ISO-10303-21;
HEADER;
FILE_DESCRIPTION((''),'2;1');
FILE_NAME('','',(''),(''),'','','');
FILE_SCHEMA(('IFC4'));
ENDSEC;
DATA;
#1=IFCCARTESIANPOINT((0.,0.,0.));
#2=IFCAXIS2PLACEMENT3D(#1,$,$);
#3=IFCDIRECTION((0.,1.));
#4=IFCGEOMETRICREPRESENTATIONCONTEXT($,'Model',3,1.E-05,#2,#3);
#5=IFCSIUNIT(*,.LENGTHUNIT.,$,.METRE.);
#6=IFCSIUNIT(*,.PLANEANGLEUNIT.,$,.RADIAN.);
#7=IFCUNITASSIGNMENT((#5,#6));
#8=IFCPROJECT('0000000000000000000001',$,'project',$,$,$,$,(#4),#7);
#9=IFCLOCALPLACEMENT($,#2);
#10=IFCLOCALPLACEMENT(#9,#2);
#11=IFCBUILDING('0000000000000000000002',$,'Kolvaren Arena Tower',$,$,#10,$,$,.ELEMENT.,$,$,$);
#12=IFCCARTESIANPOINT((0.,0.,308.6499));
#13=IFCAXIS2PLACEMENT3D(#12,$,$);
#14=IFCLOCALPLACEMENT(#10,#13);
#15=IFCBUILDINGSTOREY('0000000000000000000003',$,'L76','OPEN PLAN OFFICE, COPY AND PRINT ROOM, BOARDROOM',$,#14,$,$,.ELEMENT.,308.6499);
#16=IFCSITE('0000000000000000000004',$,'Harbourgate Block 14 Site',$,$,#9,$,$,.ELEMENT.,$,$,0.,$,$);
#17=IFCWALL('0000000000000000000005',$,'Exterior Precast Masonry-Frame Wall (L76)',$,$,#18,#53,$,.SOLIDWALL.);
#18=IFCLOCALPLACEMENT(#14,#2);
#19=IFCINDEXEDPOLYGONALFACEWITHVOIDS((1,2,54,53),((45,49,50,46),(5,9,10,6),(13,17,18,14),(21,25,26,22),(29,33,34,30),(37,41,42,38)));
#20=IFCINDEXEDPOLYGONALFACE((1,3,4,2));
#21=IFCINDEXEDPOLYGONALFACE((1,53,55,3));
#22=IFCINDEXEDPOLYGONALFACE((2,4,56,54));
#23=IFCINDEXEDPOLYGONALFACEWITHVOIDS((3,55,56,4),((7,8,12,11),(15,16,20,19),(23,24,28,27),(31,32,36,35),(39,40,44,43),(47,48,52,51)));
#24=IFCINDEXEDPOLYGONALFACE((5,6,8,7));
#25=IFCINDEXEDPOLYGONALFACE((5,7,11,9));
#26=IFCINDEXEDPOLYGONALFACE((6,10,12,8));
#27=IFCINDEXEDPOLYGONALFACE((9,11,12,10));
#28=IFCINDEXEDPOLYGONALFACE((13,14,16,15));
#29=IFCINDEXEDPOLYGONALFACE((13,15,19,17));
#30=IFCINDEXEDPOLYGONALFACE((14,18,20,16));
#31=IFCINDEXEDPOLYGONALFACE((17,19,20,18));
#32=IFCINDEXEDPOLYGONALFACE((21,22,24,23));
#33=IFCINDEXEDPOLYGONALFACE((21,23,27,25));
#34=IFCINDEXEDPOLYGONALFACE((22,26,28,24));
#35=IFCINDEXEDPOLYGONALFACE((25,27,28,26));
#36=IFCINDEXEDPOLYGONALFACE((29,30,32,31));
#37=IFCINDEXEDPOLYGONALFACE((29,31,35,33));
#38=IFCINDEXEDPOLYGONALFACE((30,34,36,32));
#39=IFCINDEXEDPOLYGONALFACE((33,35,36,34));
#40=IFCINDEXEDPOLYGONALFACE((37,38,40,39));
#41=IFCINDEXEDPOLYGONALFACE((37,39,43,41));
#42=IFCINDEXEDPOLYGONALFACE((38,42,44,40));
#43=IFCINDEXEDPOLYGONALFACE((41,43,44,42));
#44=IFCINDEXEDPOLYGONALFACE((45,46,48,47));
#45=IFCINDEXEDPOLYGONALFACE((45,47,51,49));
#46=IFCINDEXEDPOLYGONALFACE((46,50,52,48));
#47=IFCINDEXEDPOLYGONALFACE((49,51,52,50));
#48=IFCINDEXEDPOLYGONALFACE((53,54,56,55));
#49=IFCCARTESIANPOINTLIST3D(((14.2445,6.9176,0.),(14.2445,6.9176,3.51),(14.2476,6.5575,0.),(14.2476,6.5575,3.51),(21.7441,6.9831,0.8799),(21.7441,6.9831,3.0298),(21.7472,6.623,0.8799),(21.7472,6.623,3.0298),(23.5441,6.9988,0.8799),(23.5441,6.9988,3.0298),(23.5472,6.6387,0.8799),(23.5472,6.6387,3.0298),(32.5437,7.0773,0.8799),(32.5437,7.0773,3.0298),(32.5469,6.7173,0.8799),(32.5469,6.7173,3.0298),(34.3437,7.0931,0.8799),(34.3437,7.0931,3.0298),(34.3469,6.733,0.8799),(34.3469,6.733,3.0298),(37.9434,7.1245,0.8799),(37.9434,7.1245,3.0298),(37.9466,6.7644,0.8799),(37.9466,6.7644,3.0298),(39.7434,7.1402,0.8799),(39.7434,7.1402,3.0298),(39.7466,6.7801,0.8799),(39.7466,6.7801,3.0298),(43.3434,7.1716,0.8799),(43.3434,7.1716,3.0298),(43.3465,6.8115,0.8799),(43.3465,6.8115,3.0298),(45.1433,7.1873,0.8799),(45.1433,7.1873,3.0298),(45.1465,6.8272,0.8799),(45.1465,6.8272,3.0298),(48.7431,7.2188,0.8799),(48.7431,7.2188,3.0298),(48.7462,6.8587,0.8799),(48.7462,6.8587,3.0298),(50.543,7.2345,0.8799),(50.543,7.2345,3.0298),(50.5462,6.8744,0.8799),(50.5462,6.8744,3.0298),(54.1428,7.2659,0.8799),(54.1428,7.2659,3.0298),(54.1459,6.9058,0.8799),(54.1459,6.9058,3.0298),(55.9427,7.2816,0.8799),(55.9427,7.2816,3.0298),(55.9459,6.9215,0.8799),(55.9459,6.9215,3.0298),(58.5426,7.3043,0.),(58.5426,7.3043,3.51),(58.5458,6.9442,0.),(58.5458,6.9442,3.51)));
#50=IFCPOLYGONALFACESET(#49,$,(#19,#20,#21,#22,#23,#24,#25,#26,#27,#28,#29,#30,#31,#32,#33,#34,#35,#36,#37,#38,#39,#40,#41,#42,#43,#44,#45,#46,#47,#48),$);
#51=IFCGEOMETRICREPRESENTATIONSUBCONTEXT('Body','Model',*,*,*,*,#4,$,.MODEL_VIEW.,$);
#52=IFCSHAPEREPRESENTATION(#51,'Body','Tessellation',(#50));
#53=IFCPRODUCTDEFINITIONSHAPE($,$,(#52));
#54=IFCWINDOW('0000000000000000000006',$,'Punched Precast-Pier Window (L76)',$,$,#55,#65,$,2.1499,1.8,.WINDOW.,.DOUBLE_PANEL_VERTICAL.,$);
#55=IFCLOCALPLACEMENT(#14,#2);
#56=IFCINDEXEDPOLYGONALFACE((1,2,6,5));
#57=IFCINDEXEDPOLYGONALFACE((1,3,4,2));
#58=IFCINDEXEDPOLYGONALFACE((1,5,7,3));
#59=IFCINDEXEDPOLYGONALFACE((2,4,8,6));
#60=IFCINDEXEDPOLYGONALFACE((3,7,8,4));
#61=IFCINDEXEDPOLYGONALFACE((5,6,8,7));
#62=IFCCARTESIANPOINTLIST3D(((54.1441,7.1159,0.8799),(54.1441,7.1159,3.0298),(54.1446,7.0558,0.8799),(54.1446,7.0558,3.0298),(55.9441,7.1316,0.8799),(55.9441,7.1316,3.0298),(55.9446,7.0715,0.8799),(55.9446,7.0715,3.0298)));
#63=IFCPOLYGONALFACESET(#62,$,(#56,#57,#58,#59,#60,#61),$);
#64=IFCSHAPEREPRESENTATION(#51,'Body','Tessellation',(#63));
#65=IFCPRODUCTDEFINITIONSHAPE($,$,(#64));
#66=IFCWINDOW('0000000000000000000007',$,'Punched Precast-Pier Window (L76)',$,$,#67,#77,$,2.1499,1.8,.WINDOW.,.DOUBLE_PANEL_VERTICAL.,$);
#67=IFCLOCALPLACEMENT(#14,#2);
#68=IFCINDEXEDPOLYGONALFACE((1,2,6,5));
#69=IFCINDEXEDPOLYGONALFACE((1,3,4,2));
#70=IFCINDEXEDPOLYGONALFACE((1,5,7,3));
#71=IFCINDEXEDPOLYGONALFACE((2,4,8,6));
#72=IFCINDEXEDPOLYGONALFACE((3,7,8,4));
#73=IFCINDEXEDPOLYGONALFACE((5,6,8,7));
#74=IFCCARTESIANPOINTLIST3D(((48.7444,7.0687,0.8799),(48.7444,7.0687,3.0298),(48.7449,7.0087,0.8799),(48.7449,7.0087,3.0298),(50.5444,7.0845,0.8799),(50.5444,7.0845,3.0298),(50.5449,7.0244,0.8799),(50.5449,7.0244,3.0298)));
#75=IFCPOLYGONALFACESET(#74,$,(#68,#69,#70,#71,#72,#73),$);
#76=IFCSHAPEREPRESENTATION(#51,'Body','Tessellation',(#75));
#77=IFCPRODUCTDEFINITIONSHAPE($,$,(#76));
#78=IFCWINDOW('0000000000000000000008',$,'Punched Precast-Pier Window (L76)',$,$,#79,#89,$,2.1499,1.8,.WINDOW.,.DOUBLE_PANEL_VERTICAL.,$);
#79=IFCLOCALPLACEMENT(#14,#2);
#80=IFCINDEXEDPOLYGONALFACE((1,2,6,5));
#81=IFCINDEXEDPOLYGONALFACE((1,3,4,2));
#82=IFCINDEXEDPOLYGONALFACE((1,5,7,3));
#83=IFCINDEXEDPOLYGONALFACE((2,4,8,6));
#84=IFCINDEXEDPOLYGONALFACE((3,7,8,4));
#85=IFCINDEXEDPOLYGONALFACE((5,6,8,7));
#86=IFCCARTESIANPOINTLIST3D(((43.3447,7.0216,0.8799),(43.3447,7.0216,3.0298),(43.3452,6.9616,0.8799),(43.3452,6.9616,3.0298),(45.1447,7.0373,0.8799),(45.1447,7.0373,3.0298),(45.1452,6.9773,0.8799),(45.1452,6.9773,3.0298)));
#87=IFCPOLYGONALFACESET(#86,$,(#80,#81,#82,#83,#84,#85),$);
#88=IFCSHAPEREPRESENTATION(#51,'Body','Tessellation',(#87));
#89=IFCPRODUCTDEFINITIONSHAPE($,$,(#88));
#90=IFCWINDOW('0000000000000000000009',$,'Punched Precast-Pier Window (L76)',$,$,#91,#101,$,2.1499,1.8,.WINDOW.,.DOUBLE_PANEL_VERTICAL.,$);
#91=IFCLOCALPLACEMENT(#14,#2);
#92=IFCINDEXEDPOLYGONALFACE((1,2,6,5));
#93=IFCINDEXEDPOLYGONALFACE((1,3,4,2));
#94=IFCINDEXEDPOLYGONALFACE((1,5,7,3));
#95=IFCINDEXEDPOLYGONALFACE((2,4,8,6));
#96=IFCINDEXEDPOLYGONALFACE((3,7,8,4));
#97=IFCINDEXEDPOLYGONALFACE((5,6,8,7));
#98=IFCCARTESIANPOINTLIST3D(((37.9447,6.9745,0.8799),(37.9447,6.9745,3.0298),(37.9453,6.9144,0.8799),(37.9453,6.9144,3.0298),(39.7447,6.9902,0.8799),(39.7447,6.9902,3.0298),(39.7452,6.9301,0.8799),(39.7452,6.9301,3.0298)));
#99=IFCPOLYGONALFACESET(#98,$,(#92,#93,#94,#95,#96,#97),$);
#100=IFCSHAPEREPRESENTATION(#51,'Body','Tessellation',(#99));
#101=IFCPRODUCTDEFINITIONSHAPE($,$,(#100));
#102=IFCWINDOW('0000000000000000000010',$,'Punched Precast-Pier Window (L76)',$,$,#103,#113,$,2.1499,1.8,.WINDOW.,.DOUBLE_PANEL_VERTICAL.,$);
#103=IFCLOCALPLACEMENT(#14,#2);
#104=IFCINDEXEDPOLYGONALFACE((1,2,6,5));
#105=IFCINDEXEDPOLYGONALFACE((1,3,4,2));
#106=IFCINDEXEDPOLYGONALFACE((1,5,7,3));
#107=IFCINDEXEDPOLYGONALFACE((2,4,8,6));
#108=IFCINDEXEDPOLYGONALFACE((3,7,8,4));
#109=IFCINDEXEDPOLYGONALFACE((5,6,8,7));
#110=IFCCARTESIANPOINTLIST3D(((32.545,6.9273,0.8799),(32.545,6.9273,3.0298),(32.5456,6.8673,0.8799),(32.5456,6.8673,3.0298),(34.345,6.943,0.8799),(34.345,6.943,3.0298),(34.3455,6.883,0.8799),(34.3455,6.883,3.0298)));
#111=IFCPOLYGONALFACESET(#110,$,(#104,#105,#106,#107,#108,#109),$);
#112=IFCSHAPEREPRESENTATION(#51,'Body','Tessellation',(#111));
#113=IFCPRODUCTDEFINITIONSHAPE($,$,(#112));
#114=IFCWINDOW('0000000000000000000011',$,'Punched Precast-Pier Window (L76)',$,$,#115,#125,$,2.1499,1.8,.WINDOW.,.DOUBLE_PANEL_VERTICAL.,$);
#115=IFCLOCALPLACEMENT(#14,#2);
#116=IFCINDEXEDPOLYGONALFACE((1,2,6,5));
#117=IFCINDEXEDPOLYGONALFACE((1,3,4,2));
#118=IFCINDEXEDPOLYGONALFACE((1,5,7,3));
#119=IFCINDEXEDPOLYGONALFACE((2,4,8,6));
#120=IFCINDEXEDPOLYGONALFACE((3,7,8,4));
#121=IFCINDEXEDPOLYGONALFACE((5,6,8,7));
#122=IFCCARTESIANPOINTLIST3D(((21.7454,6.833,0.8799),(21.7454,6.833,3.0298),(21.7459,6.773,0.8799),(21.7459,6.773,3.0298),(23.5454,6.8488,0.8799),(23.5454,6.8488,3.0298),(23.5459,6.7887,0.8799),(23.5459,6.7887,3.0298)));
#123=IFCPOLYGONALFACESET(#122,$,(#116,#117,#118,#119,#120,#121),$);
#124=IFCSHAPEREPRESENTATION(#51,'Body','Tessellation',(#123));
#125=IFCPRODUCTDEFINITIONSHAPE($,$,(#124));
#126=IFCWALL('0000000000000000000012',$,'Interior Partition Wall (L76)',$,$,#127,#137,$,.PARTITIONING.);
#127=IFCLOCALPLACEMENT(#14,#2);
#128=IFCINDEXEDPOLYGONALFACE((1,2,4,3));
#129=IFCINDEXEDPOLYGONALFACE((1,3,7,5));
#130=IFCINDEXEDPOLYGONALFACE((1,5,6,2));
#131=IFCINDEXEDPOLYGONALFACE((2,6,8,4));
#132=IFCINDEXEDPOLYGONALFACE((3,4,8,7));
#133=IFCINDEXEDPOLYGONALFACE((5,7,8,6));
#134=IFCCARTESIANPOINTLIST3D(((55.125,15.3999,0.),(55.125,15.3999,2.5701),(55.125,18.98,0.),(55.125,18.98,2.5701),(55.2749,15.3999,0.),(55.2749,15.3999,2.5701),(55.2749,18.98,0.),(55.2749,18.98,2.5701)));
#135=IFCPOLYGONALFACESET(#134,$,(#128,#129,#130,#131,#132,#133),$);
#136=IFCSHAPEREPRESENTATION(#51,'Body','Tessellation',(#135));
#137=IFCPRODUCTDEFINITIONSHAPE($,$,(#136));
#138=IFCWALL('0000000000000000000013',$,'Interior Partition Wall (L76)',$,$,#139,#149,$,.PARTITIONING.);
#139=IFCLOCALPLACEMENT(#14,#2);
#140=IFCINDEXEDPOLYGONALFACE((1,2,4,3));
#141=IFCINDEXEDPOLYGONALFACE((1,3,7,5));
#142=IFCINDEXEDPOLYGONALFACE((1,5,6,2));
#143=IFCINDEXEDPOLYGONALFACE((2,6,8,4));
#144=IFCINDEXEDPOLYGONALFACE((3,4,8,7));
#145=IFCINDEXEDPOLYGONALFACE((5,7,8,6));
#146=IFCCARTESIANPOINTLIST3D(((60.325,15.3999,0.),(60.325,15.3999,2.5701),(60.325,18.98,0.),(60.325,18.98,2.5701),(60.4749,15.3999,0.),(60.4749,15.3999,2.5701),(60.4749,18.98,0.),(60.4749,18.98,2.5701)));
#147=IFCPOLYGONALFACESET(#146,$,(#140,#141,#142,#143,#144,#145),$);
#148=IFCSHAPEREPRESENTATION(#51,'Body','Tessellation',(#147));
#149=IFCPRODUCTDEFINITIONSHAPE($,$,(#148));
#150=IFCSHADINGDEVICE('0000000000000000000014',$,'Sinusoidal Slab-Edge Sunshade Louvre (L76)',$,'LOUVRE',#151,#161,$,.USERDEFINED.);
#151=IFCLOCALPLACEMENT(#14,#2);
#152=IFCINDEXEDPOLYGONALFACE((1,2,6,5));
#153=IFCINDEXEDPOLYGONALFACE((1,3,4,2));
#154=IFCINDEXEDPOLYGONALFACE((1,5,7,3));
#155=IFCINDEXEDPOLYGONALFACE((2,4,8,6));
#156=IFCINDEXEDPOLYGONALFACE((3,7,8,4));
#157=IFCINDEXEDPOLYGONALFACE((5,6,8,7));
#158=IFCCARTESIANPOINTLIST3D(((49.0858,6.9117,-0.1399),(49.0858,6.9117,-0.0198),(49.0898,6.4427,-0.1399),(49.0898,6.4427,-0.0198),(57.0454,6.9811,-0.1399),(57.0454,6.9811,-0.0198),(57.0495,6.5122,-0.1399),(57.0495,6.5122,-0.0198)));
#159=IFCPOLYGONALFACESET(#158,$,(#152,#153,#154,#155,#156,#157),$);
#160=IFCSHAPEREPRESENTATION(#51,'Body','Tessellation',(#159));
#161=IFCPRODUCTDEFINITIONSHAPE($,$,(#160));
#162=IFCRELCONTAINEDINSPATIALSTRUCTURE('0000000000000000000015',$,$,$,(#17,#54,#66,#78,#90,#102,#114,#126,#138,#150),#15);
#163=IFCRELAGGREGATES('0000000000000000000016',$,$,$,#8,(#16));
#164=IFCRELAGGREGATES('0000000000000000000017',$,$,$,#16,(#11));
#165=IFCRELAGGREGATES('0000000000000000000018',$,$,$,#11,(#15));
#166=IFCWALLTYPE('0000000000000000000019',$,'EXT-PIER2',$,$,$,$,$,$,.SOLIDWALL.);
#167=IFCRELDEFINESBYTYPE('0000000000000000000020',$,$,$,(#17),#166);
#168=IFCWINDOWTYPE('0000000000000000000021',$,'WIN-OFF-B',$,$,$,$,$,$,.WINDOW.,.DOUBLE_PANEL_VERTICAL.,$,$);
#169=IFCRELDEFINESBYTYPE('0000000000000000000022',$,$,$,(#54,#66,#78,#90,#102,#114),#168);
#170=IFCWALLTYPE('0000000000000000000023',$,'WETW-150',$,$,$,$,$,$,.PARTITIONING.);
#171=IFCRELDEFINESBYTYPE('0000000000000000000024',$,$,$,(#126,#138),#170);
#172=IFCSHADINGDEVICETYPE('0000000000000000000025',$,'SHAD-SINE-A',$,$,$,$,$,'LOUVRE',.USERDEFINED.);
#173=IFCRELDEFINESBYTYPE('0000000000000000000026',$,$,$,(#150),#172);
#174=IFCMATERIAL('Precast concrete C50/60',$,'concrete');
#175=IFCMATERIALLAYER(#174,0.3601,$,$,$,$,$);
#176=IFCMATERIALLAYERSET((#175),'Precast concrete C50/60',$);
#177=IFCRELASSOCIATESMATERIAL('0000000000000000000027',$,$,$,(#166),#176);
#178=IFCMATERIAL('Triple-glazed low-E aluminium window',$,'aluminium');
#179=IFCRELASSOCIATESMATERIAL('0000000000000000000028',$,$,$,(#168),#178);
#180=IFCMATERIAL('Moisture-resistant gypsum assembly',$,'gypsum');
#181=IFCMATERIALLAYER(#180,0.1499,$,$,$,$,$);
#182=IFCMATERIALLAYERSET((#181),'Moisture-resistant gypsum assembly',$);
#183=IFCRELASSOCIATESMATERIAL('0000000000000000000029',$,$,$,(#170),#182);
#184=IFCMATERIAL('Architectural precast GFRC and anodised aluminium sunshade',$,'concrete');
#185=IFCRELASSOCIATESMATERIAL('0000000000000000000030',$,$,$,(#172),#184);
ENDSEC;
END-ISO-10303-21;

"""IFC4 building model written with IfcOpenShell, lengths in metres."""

from ifc_helpers import new_model, si_unit, direction, frame, frame_2d, origin, origin_2d, place, context, subcontext, project, spatial, rectangle, extrude, material, layer, layer_set, type_object, element, fill, save


model = new_model("IFC4")

# Units and contexts
model_context = context("Model", 3, precision=1e-05, world=origin(), true_north=direction((0.0, 1.0)))
body_context = subcontext(model_context, "Body", "Model", "MODEL_VIEW")
ifc_project = project(units=[si_unit("LENGTHUNIT", "METRE"), si_unit("PLANEANGLEUNIT", "RADIAN")], contexts=[model_context])

# Site, building, storey
site_placement = place(None, origin())
site = spatial("IfcSite", under=ifc_project, at=site_placement, Name="Harbourgate Block 14 Site", CompositionType="ELEMENT", RefElevation=0.0)
building_placement = place(site_placement, origin())
building = spatial("IfcBuilding", under=site, at=building_placement, Name="Kolvaren Arena Tower", CompositionType="ELEMENT")
storey_placement = place(building_placement, frame((0.0, 0.0, 308.6499)))
storey = spatial("IfcBuildingStorey", under=building, at=storey_placement, Name="L76", Description="OPEN PLAN OFFICE, COPY AND PRINT ROOM, BOARDROOM", CompositionType="ELEMENT", Elevation=308.6499)

# Shared definitions
ifc_material_1 = material(Name="Precast concrete C50/60", Category="concrete")

# Shared definitions
ifc_layer_1 = layer(ifc_material_1, 0.3601)
ifc_layer_set_1 = layer_set([ifc_layer_1], Name="Precast concrete C50/60")
wall_type_1 = type_object("IfcWallType", Name="EXT-PIER2", PredefinedType="SOLIDWALL", material=ifc_layer_set_1)

# Wall, openings, windows
wall_1_placement = place(storey_placement, frame((58.5442, 7.1243, 0.0), z_axis=(0.0, 0.0, 1.0), x_axis=(-0.999962, -0.00873, 0.0)))
wall_1 = element("IfcWall", 1, at=wall_1_placement, inside=storey, type_object=wall_type_1, Name="Exterior Precast Masonry-Frame Wall (L76)", PredefinedType="SOLIDWALL", context=body_context, shape_type="SweptSolid", body=[
    extrude(rectangle(XDim=44.2998, YDim=0.3601, at=frame_2d((22.1499, 0.0))), origin(), (0.0, 0.0, 1.0), 3.51),
])
opening_1_placement = place(wall_1_placement, frame((2.6001, 0.0, 0.8799)))
opening_1 = element("IfcOpeningElement", 2, at=opening_1_placement, cuts=wall_1, PredefinedType="OPENING", context=body_context, shape_type="SweptSolid", body=[
    extrude(rectangle(XDim=1.8, YDim=2.1499, at=frame_2d((0.8999, 1.075))), frame((0.0, 0.1899, 0.0), z_axis=(0.0, -1.0, 0.0), x_axis=(1.0, 0.0, 0.0)), (0.0, 0.0, 1.0), 0.3801),
])
opening_2_placement = place(wall_1_placement, frame((8.0, 0.0, 0.8799)))
opening_2 = element("IfcOpeningElement", 3, at=opening_2_placement, cuts=wall_1, PredefinedType="OPENING", context=body_context, shape_type="SweptSolid", body=[
    extrude(rectangle(XDim=1.8, YDim=2.1499, at=frame_2d((0.8999, 1.075))), frame((0.0, 0.1899, 0.0), z_axis=(0.0, -1.0, 0.0), x_axis=(1.0, 0.0, 0.0)), (0.0, 0.0, 1.0), 0.3801),
])
opening_3_placement = place(wall_1_placement, frame((13.3999, 0.0, 0.8799)))
opening_3 = element("IfcOpeningElement", 4, at=opening_3_placement, cuts=wall_1, PredefinedType="OPENING", context=body_context, shape_type="SweptSolid", body=[
    extrude(rectangle(XDim=1.8, YDim=2.1499, at=frame_2d((0.8999, 1.075))), frame((0.0, 0.1899, 0.0), z_axis=(0.0, -1.0, 0.0), x_axis=(1.0, 0.0, 0.0)), (0.0, 0.0, 1.0), 0.3801),
])
opening_4_placement = place(wall_1_placement, frame((18.8, 0.0, 0.8799)))
opening_4 = element("IfcOpeningElement", 5, at=opening_4_placement, cuts=wall_1, PredefinedType="OPENING", context=body_context, shape_type="SweptSolid", body=[
    extrude(rectangle(XDim=1.8, YDim=2.1499, at=frame_2d((0.8999, 1.075))), frame((0.0, 0.1899, 0.0), z_axis=(0.0, -1.0, 0.0), x_axis=(1.0, 0.0, 0.0)), (0.0, 0.0, 1.0), 0.3801),
])
opening_5_placement = place(wall_1_placement, frame((24.2, 0.0, 0.8799)))
opening_5 = element("IfcOpeningElement", 6, at=opening_5_placement, cuts=wall_1, PredefinedType="OPENING", context=body_context, shape_type="SweptSolid", body=[
    extrude(rectangle(XDim=1.8, YDim=2.1499, at=frame_2d((0.8999, 1.075))), frame((0.0, 0.1899, 0.0), z_axis=(0.0, -1.0, 0.0), x_axis=(1.0, 0.0, 0.0)), (0.0, 0.0, 1.0), 0.3801),
])
opening_6_placement = place(wall_1_placement, frame((35.0, 0.0, 0.8799)))
opening_6 = element("IfcOpeningElement", 7, at=opening_6_placement, cuts=wall_1, PredefinedType="OPENING", context=body_context, shape_type="SweptSolid", body=[
    extrude(rectangle(XDim=1.8, YDim=2.1499, at=frame_2d((0.8999, 1.075))), frame((0.0, 0.1899, 0.0), z_axis=(0.0, -1.0, 0.0), x_axis=(1.0, 0.0, 0.0)), (0.0, 0.0, 1.0), 0.3801),
])
ifc_material_2 = material(Name="Triple-glazed low-E aluminium window", Category="aluminium")
window_type = type_object("IfcWindowType", Name="WIN-OFF-B", PartitioningType="DOUBLE_PANEL_VERTICAL", PredefinedType="WINDOW", material=ifc_material_2)
window_1_placement = place(opening_1_placement, origin())
window_1 = element("IfcWindow", 8, at=window_1_placement, inside=storey, type_object=window_type, Name="Punched Precast-Pier Window (L76)", OverallHeight=2.1499, OverallWidth=1.8, PartitioningType="DOUBLE_PANEL_VERTICAL", PredefinedType="WINDOW", context=body_context, shape_type="SweptSolid", body=[
    extrude(rectangle(XDim=1.8, YDim=2.1499, at=frame_2d((0.8999, 1.075))), frame((0.0, 0.03, 0.0), z_axis=(0.0, -1.0, 0.0), x_axis=(1.0, 0.0, 0.0)), (0.0, 0.0, 1.0), 0.0601),
])
fill(opening_1, window_1)
window_2_placement = place(opening_2_placement, origin())
window_2 = element("IfcWindow", 9, at=window_2_placement, inside=storey, type_object=window_type, Name="Punched Precast-Pier Window (L76)", OverallHeight=2.1499, OverallWidth=1.8, PartitioningType="DOUBLE_PANEL_VERTICAL", PredefinedType="WINDOW", context=body_context, shape_type="SweptSolid", body=[
    extrude(rectangle(XDim=1.8, YDim=2.1499, at=frame_2d((0.8999, 1.075))), frame((0.0, 0.03, 0.0), z_axis=(0.0, -1.0, 0.0), x_axis=(1.0, 0.0, 0.0)), (0.0, 0.0, 1.0), 0.0601),
])
fill(opening_2, window_2)
window_3_placement = place(opening_3_placement, origin())
window_3 = element("IfcWindow", 10, at=window_3_placement, inside=storey, type_object=window_type, Name="Punched Precast-Pier Window (L76)", OverallHeight=2.1499, OverallWidth=1.8, PartitioningType="DOUBLE_PANEL_VERTICAL", PredefinedType="WINDOW", context=body_context, shape_type="SweptSolid", body=[
    extrude(rectangle(XDim=1.8, YDim=2.1499, at=frame_2d((0.8999, 1.075))), frame((0.0, 0.03, 0.0), z_axis=(0.0, -1.0, 0.0), x_axis=(1.0, 0.0, 0.0)), (0.0, 0.0, 1.0), 0.0601),
])
fill(opening_3, window_3)
window_4_placement = place(opening_4_placement, origin())
window_4 = element("IfcWindow", 11, at=window_4_placement, inside=storey, type_object=window_type, Name="Punched Precast-Pier Window (L76)", OverallHeight=2.1499, OverallWidth=1.8, PartitioningType="DOUBLE_PANEL_VERTICAL", PredefinedType="WINDOW", context=body_context, shape_type="SweptSolid", body=[
    extrude(rectangle(XDim=1.8, YDim=2.1499, at=frame_2d((0.8999, 1.075))), frame((0.0, 0.03, 0.0), z_axis=(0.0, -1.0, 0.0), x_axis=(1.0, 0.0, 0.0)), (0.0, 0.0, 1.0), 0.0601),
])
fill(opening_4, window_4)
window_5_placement = place(opening_5_placement, origin())
window_5 = element("IfcWindow", 12, at=window_5_placement, inside=storey, type_object=window_type, Name="Punched Precast-Pier Window (L76)", OverallHeight=2.1499, OverallWidth=1.8, PartitioningType="DOUBLE_PANEL_VERTICAL", PredefinedType="WINDOW", context=body_context, shape_type="SweptSolid", body=[
    extrude(rectangle(XDim=1.8, YDim=2.1499, at=frame_2d((0.8999, 1.075))), frame((0.0, 0.03, 0.0), z_axis=(0.0, -1.0, 0.0), x_axis=(1.0, 0.0, 0.0)), (0.0, 0.0, 1.0), 0.0601),
])
fill(opening_5, window_5)
window_6_placement = place(opening_6_placement, origin())
window_6 = element("IfcWindow", 13, at=window_6_placement, inside=storey, type_object=window_type, Name="Punched Precast-Pier Window (L76)", OverallHeight=2.1499, OverallWidth=1.8, PartitioningType="DOUBLE_PANEL_VERTICAL", PredefinedType="WINDOW", context=body_context, shape_type="SweptSolid", body=[
    extrude(rectangle(XDim=1.8, YDim=2.1499, at=frame_2d((0.8999, 1.075))), frame((0.0, 0.03, 0.0), z_axis=(0.0, -1.0, 0.0), x_axis=(1.0, 0.0, 0.0)), (0.0, 0.0, 1.0), 0.0601),
])
fill(opening_6, window_6)

# Walls
ifc_material_3 = material(Name="Moisture-resistant gypsum assembly", Category="gypsum")
ifc_layer_2 = layer(ifc_material_3, 0.1499)
ifc_layer_set_2 = layer_set([ifc_layer_2], Name="Moisture-resistant gypsum assembly")
wall_type_2 = type_object("IfcWallType", Name="WETW-150", PredefinedType="PARTITIONING", material=ifc_layer_set_2)
for number, where, z_axis, x_axis, name in (
    (14, (55.2, 15.3999, 0.0), (0.0, 0.0, 1.0), (0.0, 1.0, 0.0), "Interior Partition Wall (L76)"),
    (15, (60.3999, 15.3999, 0.0), (0.0, 0.0, 1.0), (0.0, 1.0, 0.0), "Interior Partition Wall (L76)"),
):
    element("IfcWall", number, at=place(storey_placement, frame(where, z_axis=z_axis, x_axis=x_axis)), inside=storey, type_object=wall_type_2, Name=name, PredefinedType="PARTITIONING", context=body_context, shape_type="SweptSolid", body=[
        extrude(rectangle(XDim=3.5801, YDim=0.1499, at=frame_2d((1.79, 0.0))), origin(), (0.0, 0.0, 1.0), 2.5701),
    ])

# Shading device
ifc_material_4 = material(Name="Architectural precast GFRC and anodised aluminium sunshade", Category="concrete")
shading_device_type = type_object("IfcShadingDeviceType", Name="SHAD-SINE-A", ElementType="LOUVRE", PredefinedType="USERDEFINED", material=ifc_material_4)
shading_device_placement = place(storey_placement, frame((53.0676, 6.7119, -0.1399), z_axis=(0.0, 0.0, 1.0), x_axis=(-0.999962, -0.008727, 0.0)))
element("IfcShadingDevice", 16, at=shading_device_placement, inside=storey, type_object=shading_device_type, Name="Sinusoidal Slab-Edge Sunshade Louvre (L76)", ObjectType="LOUVRE", PredefinedType="USERDEFINED", context=body_context, shape_type="SweptSolid", body=[
    extrude(rectangle(XDim=7.96, YDim=0.469, at=origin_2d()), origin(), (0.0, 0.0, 1.0), 0.1201),
])

save(model, "model.ifc")
